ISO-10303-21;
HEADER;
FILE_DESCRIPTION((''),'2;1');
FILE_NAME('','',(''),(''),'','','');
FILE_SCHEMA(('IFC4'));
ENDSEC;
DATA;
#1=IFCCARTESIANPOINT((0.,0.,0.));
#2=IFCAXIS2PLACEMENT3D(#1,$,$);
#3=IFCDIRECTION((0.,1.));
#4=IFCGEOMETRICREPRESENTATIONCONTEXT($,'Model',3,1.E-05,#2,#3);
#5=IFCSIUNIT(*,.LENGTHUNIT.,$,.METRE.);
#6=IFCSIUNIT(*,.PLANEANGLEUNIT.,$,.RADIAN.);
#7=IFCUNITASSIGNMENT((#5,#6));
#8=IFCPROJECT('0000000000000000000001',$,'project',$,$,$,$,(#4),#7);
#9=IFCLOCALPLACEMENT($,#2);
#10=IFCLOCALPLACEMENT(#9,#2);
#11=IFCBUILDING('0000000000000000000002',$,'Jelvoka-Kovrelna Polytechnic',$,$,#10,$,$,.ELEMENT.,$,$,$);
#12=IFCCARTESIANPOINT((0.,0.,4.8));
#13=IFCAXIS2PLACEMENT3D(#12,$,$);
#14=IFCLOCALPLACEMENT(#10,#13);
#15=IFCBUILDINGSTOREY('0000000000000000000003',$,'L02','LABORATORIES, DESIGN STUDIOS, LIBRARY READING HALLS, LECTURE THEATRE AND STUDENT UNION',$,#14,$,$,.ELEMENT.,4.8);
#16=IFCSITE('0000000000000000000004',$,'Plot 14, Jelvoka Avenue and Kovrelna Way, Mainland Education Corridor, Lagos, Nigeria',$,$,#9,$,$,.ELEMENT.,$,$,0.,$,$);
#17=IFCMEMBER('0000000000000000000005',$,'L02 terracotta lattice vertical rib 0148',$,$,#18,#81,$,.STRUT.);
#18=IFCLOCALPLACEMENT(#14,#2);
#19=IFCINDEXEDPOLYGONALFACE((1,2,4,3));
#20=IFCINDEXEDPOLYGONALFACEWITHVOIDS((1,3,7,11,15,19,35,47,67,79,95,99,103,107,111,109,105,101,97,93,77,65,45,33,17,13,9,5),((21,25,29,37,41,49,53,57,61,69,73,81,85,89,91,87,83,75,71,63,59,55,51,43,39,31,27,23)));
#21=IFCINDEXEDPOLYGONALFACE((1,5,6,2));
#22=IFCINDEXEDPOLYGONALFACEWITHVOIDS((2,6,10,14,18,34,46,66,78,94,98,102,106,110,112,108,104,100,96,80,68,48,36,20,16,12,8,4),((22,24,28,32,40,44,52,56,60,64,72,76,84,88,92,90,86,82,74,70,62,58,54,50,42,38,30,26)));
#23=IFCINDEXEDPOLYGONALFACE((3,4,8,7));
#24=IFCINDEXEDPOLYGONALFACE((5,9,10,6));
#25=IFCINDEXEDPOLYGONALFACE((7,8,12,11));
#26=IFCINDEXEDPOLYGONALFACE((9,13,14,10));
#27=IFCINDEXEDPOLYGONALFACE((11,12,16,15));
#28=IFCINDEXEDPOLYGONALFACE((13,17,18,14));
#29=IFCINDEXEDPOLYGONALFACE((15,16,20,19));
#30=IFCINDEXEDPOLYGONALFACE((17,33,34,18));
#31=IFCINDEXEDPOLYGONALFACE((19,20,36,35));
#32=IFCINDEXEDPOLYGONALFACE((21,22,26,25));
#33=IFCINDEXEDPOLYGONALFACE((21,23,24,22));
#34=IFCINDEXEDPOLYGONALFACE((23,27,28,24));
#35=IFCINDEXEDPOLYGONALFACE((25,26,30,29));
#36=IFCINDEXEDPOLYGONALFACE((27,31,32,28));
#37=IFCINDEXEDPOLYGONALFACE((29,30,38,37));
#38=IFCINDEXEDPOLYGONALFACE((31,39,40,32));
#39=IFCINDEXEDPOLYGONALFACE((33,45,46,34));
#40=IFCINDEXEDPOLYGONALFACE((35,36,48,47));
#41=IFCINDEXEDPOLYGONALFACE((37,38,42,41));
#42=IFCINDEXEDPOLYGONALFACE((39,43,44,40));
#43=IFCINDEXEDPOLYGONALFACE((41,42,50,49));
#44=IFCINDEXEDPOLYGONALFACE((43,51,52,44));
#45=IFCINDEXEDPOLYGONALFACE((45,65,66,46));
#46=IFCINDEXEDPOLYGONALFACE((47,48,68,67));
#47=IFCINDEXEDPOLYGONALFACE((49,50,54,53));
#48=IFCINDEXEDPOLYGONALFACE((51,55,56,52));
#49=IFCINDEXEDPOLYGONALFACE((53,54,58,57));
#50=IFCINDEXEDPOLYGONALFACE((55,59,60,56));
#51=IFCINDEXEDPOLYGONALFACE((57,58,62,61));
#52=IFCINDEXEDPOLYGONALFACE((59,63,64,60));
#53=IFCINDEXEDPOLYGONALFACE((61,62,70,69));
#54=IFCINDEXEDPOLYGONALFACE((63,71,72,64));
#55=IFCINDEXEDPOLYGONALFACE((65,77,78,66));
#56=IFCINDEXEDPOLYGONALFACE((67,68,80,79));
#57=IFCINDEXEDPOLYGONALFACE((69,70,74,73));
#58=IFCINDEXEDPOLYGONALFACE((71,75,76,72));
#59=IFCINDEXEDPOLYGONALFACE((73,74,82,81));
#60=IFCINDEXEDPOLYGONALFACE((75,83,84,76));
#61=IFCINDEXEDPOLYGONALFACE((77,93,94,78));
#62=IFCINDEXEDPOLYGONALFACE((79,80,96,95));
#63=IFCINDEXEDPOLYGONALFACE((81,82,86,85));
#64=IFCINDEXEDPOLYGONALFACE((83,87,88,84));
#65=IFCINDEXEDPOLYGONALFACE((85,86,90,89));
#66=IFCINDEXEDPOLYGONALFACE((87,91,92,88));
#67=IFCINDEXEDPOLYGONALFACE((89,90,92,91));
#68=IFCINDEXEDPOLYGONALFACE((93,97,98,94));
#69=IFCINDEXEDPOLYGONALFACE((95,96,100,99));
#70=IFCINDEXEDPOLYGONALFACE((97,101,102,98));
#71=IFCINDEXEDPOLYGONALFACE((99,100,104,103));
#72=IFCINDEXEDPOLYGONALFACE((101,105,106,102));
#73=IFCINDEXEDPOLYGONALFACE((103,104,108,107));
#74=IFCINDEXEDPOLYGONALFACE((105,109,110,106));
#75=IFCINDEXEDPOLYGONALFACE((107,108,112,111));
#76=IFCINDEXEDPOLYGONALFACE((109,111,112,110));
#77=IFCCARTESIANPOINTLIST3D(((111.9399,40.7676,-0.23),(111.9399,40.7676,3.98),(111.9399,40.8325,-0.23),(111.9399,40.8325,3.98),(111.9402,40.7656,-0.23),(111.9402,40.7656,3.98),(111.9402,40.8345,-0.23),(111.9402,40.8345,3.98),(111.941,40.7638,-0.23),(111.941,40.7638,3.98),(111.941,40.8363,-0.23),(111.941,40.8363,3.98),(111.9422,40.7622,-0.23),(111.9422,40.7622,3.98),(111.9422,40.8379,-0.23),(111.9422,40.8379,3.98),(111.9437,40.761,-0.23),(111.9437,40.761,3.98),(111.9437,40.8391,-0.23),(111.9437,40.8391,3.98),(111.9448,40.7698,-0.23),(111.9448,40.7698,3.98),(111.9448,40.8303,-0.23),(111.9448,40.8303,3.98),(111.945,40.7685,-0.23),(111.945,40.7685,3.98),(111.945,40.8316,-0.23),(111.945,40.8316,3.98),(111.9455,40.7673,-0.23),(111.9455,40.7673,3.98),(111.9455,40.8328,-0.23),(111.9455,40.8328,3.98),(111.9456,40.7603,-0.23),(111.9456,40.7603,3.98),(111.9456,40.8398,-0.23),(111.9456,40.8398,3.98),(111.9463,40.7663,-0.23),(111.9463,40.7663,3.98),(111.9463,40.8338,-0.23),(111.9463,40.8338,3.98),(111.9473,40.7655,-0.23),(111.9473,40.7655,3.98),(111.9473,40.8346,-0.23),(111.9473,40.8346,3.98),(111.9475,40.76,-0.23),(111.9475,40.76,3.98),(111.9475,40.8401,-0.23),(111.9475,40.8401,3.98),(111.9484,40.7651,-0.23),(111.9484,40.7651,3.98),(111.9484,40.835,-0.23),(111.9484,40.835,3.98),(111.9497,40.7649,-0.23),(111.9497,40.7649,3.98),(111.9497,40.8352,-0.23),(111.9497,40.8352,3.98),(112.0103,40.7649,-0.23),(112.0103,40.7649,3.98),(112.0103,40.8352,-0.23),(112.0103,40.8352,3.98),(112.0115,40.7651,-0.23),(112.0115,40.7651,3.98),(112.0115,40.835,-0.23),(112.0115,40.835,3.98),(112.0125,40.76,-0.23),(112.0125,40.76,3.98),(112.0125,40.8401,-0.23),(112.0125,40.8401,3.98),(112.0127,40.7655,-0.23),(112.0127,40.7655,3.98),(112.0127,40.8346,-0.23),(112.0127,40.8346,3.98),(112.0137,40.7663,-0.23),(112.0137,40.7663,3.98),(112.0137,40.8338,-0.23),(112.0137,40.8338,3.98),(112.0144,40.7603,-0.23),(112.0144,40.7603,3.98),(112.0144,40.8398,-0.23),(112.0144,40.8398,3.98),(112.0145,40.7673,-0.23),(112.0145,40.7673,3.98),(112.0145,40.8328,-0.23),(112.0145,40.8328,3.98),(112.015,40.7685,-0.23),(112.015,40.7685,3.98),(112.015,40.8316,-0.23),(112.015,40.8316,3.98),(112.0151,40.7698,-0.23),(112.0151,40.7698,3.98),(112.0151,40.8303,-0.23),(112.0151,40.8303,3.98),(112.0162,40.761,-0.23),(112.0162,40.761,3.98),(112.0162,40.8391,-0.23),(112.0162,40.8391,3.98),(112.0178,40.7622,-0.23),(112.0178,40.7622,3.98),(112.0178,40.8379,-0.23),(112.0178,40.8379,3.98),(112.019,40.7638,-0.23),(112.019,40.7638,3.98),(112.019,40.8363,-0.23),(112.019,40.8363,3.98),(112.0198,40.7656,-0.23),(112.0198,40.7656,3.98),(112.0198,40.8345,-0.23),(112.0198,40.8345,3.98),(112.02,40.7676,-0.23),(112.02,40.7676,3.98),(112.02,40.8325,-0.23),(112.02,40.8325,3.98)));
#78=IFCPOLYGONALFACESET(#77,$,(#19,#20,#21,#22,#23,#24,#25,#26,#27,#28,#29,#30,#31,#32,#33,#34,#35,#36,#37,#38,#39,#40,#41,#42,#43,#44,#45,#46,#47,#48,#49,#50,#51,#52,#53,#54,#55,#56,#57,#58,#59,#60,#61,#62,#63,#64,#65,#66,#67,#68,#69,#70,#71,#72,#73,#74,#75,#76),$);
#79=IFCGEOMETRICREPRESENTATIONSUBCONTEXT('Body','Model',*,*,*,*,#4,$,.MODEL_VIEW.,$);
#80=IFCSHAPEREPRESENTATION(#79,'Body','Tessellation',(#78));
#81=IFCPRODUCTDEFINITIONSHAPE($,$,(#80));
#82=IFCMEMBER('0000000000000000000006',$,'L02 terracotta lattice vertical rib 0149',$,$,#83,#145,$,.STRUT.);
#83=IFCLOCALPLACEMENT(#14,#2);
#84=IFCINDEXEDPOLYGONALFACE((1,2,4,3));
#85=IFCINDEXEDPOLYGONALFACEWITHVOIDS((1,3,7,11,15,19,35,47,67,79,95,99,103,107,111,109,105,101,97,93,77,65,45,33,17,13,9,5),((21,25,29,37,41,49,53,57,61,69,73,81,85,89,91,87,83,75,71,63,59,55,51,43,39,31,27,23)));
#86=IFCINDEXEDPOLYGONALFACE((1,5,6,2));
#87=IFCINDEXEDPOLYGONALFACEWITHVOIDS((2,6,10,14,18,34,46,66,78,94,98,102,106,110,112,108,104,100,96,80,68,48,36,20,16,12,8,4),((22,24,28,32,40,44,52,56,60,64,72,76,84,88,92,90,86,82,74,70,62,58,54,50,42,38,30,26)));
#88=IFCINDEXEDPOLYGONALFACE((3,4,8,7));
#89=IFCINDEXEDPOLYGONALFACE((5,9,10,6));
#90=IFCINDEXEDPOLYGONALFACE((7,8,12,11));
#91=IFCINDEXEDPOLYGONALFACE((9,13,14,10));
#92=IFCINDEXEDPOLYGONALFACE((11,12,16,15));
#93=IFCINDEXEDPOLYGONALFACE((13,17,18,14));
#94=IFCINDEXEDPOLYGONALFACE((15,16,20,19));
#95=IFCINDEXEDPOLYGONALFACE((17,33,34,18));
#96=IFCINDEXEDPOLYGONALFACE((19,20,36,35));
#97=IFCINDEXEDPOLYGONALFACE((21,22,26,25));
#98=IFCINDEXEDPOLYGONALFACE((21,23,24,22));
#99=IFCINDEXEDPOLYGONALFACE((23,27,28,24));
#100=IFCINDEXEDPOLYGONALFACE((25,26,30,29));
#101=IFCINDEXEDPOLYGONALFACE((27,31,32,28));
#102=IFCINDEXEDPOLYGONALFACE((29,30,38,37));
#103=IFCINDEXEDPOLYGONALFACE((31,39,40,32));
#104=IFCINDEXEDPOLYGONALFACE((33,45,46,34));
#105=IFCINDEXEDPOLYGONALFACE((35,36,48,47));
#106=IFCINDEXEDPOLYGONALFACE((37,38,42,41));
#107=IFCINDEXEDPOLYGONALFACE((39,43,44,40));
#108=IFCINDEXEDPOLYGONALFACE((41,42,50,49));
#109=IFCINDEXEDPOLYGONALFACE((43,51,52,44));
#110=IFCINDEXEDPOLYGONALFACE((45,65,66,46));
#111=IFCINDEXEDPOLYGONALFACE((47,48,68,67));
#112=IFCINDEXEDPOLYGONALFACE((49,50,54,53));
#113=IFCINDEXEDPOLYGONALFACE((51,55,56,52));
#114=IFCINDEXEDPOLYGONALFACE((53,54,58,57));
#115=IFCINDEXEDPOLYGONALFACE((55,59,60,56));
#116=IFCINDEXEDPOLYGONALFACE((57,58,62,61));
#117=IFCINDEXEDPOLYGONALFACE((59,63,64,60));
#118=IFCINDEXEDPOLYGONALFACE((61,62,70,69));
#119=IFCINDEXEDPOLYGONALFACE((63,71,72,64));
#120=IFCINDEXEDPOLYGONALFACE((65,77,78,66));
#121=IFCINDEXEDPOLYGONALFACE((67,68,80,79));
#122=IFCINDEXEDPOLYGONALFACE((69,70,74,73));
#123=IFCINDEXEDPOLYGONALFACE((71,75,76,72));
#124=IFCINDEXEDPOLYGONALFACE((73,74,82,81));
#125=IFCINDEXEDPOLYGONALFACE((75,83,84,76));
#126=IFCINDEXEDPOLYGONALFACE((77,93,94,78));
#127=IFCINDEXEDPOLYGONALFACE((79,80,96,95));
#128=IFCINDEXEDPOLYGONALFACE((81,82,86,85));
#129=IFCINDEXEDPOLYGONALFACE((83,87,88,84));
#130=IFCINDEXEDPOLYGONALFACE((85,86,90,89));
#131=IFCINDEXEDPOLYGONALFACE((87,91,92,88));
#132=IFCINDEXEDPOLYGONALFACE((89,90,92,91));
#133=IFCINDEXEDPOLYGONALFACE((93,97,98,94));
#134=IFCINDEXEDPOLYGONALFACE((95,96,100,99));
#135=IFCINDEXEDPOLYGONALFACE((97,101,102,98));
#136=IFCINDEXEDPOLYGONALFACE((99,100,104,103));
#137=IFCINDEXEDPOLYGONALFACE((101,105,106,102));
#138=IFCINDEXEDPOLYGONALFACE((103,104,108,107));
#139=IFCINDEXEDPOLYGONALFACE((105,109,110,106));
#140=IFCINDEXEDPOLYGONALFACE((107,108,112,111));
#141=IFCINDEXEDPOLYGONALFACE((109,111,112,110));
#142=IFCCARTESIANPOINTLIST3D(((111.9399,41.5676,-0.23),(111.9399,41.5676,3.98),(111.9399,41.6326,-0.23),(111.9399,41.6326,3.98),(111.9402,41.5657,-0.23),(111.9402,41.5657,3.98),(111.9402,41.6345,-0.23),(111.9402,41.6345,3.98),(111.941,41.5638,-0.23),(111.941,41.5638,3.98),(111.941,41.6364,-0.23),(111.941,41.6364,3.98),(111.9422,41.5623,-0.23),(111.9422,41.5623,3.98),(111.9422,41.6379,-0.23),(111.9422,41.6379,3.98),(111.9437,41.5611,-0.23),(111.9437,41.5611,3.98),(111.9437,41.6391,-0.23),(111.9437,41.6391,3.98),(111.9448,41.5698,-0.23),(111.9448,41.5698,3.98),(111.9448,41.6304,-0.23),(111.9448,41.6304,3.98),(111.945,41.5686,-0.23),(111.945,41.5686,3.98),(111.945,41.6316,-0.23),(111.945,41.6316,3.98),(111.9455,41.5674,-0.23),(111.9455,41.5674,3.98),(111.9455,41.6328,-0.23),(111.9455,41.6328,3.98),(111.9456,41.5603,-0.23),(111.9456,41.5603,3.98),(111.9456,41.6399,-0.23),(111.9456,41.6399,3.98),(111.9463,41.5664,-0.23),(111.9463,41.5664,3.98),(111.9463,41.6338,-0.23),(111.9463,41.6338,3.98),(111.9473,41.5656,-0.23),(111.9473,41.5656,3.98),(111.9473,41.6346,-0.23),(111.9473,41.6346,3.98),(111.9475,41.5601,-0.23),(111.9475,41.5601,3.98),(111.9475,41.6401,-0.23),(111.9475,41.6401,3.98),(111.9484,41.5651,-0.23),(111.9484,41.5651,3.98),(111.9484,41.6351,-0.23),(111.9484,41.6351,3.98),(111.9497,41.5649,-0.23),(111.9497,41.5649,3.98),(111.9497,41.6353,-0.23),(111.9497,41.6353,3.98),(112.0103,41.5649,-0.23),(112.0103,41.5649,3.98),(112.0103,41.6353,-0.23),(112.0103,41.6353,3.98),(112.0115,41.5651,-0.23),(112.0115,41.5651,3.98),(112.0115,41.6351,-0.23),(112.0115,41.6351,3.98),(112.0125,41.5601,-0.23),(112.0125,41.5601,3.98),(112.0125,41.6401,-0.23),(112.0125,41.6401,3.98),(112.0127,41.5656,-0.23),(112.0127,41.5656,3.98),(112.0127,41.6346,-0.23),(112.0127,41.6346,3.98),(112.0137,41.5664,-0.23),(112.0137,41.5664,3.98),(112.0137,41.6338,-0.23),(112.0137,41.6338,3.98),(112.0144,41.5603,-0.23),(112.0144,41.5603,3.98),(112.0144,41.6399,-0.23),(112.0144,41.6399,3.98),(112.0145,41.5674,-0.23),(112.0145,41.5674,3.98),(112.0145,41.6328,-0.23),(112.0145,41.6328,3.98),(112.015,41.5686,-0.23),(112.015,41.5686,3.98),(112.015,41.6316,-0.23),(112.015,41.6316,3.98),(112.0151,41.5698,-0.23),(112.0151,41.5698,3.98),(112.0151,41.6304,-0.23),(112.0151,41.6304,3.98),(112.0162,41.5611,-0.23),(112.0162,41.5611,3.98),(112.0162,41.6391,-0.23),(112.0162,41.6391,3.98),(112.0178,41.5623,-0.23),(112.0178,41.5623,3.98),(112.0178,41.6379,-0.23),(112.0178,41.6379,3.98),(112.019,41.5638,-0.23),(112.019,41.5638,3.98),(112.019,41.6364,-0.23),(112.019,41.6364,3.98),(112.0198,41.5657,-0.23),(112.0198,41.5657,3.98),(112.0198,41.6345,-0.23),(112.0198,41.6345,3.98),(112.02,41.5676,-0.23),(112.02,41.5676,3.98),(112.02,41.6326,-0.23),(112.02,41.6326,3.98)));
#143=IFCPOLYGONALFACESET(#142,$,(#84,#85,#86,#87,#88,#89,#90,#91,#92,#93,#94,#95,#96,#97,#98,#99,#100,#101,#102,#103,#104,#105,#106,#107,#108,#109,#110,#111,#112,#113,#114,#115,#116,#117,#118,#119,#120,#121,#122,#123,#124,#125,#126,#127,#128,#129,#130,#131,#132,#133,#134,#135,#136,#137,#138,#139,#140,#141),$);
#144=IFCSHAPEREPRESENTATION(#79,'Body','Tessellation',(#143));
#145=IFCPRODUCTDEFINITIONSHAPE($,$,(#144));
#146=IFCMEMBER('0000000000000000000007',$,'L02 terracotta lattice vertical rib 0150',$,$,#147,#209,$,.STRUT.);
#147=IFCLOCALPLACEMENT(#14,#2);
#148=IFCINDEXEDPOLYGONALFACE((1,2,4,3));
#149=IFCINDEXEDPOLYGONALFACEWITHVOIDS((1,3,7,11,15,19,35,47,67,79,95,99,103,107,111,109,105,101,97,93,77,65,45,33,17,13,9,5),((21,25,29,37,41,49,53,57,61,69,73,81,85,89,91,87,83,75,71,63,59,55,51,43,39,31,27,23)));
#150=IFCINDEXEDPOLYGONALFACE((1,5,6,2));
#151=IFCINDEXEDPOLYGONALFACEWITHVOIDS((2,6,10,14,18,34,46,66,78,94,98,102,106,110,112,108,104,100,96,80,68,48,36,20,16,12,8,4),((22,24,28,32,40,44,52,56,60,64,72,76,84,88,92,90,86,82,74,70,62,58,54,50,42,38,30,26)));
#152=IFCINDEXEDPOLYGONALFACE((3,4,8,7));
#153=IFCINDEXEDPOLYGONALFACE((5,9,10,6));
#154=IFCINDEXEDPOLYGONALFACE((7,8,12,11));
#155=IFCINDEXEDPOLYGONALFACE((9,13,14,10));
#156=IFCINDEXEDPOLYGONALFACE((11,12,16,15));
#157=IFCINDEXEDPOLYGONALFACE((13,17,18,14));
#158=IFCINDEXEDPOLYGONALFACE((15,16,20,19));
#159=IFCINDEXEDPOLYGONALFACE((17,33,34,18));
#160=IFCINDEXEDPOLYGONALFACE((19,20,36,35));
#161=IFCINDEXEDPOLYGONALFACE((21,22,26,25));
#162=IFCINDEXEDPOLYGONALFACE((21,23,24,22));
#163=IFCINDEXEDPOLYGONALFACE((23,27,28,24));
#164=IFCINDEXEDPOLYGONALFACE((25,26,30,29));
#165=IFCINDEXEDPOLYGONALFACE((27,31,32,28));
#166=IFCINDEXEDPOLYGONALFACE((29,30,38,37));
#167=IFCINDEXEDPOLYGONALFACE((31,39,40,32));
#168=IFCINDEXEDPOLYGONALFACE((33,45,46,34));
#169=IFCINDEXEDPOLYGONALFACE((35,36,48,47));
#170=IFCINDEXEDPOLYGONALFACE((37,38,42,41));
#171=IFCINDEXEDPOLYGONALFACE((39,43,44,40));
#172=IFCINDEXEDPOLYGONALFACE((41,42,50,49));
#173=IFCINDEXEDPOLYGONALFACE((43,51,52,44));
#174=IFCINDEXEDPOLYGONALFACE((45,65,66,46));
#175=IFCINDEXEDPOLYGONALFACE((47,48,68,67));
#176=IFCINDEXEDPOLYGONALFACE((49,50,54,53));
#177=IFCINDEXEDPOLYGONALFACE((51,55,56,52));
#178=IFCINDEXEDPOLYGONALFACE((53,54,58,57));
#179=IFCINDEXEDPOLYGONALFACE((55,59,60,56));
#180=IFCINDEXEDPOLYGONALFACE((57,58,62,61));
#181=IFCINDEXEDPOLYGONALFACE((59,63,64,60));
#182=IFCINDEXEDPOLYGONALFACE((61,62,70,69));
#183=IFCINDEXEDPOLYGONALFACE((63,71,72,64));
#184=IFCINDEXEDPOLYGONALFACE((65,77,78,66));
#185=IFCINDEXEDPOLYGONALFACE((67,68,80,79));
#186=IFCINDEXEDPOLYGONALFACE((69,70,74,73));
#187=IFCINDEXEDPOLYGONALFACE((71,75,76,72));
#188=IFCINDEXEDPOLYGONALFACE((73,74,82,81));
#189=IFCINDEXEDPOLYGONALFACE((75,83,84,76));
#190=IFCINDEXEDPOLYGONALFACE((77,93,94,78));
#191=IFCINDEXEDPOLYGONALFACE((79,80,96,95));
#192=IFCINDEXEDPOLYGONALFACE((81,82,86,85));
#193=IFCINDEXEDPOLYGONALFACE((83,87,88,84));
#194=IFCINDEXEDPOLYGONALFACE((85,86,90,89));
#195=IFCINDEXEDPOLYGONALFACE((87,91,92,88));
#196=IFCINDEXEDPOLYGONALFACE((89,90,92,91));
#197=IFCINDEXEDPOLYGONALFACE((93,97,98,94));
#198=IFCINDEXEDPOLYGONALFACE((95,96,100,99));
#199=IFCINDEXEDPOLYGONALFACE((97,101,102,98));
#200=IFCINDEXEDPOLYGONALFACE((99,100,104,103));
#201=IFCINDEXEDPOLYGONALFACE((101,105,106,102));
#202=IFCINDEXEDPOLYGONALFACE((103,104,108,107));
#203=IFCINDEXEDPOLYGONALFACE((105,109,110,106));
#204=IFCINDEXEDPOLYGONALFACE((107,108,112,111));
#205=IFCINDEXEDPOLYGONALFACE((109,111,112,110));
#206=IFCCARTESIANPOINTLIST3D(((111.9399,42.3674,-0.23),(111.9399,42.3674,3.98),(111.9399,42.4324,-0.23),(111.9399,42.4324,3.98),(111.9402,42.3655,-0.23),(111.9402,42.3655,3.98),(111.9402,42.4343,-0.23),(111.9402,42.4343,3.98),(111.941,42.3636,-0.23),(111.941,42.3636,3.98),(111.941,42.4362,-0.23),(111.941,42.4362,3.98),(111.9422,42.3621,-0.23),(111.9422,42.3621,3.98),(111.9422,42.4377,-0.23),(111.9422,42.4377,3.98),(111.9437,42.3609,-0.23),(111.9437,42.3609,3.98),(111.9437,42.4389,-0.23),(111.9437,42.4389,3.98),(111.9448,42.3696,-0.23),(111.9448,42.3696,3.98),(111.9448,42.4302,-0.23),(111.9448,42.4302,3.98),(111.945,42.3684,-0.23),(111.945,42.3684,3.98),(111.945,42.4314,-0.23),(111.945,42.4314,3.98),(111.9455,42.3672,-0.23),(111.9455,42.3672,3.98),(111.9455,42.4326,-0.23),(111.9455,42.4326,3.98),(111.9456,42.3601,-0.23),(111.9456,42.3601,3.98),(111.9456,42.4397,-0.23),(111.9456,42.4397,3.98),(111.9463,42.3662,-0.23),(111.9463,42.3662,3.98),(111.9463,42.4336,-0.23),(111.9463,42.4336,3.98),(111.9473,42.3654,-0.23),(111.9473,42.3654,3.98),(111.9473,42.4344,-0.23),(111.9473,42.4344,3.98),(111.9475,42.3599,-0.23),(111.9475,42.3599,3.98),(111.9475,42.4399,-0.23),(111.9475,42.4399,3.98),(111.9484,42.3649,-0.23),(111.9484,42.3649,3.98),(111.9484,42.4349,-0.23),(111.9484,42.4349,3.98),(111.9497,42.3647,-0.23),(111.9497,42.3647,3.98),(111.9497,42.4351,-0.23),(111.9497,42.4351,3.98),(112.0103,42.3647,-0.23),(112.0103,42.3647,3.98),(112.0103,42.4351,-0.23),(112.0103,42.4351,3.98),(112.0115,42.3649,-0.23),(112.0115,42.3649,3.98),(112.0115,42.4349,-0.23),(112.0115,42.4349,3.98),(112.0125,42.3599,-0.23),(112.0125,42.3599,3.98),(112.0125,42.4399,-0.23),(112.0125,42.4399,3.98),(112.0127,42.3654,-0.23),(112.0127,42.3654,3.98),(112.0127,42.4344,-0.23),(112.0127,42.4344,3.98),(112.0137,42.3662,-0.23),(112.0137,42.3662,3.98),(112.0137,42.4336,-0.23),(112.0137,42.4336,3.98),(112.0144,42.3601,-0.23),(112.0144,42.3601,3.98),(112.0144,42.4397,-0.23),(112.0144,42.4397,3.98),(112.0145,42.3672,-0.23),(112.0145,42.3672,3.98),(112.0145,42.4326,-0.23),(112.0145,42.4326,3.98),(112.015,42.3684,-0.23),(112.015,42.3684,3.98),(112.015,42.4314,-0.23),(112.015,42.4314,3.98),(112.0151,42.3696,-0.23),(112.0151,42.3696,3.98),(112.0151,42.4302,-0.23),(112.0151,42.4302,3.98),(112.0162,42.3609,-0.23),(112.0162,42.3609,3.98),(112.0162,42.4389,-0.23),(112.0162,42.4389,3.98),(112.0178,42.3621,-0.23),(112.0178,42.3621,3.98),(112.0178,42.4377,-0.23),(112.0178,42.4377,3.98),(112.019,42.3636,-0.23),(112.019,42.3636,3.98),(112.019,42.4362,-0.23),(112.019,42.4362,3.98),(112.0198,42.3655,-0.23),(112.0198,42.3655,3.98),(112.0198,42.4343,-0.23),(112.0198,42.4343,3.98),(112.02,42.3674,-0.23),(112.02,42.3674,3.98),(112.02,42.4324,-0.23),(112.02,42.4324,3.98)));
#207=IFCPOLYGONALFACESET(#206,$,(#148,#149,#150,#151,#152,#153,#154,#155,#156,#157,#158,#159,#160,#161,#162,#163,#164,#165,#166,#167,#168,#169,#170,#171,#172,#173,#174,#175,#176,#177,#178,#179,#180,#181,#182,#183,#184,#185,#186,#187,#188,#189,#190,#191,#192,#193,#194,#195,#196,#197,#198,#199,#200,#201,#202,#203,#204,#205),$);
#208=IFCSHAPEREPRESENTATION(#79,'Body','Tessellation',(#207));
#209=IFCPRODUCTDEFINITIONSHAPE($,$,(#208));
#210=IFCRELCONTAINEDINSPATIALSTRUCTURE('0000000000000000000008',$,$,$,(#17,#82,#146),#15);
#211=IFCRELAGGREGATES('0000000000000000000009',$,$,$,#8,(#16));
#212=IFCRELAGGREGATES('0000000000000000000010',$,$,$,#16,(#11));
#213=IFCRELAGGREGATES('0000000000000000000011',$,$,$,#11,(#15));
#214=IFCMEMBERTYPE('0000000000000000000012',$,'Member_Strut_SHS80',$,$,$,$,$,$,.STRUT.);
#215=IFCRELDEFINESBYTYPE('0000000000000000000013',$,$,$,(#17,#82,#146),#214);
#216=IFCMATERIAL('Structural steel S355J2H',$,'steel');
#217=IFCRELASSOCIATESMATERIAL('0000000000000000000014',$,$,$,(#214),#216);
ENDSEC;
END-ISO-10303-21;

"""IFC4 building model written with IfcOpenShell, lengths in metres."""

from ifc_helpers import new_model, si_unit, direction, frame, origin, origin_2d, place, context, subcontext, project, spatial, hollow_rectangle, extrude, material, material_profile, profile_set, type_object, element, save


model = new_model("IFC4")

# Units and contexts
model_context = context("Model", 3, precision=1e-05, world=origin(), true_north=direction((0.0, 1.0)))
body_context = subcontext(model_context, "Body", "Model", "MODEL_VIEW")
ifc_project = project(units=[si_unit("LENGTHUNIT", "METRE"), si_unit("PLANEANGLEUNIT", "RADIAN")], contexts=[model_context])

# Site, building, storey
site_placement = place(None, origin())
site = spatial("IfcSite", under=ifc_project, at=site_placement, Name="Plot 14, Jelvoka Avenue and Kovrelna Way, Mainland Education Corridor, Lagos, Nigeria", CompositionType="ELEMENT", RefElevation=0.0)
building_placement = place(site_placement, origin())
building = spatial("IfcBuilding", under=site, at=building_placement, Name="Jelvoka-Kovrelna Polytechnic", CompositionType="ELEMENT")
storey_placement = place(building_placement, frame((0.0, 0.0, 4.8)))
storey = spatial("IfcBuildingStorey", under=building, at=storey_placement, Name="L02", Description="LABORATORIES, DESIGN STUDIOS, LIBRARY READING HALLS, LECTURE THEATRE AND STUDENT UNION", CompositionType="ELEMENT", Elevation=4.8)

# Members
ifc_material_1 = material(Name="Structural steel S355J2H", Category="steel")
ifc_material_profile_1 = material_profile(ifc_material_1, hollow_rectangle(XDim=0.0801, YDim=0.0801, WallThickness=0.0049, InnerFilletRadius=0.0049, OuterFilletRadius=0.0076, at=origin_2d()), Name="80x80x5.0 SHS")
ifc_profile_set_1 = profile_set([ifc_material_profile_1], Name="Structural steel S355J2H")
member_type_1 = type_object("IfcMemberType", Name="Member_Strut_SHS80", PredefinedType="STRUT", material=ifc_profile_set_1)
for number, where, z_axis, x_axis, name in (
    (1, (111.98, 40.8, -0.23), (0.0, 0.0, 1.0), (1.0, 0.0, 0.0), "L02 terracotta lattice vertical rib 0148"),
    (2, (111.98, 41.6001, -0.23), (0.0, 0.0, 1.0), (1.0, 0.0, 0.0), "L02 terracotta lattice vertical rib 0149"),
    (3, (111.98, 42.3999, -0.23), (0.0, 0.0, 1.0), (1.0, 0.0, 0.0), "L02 terracotta lattice vertical rib 0150"),
):
    element("IfcMember", number, at=place(storey_placement, frame(where, z_axis=z_axis, x_axis=x_axis)), inside=storey, type_object=member_type_1, Name=name, PredefinedType="STRUT", context=body_context, shape_type="SweptSolid", body=[
        extrude(hollow_rectangle(XDim=0.0801, YDim=0.0801, WallThickness=0.0049, InnerFilletRadius=0.0049, OuterFilletRadius=0.0076, at=origin_2d()), origin(), (0.0, 0.0, 1.0), 4.21),
    ])

save(model, "model.ifc")
